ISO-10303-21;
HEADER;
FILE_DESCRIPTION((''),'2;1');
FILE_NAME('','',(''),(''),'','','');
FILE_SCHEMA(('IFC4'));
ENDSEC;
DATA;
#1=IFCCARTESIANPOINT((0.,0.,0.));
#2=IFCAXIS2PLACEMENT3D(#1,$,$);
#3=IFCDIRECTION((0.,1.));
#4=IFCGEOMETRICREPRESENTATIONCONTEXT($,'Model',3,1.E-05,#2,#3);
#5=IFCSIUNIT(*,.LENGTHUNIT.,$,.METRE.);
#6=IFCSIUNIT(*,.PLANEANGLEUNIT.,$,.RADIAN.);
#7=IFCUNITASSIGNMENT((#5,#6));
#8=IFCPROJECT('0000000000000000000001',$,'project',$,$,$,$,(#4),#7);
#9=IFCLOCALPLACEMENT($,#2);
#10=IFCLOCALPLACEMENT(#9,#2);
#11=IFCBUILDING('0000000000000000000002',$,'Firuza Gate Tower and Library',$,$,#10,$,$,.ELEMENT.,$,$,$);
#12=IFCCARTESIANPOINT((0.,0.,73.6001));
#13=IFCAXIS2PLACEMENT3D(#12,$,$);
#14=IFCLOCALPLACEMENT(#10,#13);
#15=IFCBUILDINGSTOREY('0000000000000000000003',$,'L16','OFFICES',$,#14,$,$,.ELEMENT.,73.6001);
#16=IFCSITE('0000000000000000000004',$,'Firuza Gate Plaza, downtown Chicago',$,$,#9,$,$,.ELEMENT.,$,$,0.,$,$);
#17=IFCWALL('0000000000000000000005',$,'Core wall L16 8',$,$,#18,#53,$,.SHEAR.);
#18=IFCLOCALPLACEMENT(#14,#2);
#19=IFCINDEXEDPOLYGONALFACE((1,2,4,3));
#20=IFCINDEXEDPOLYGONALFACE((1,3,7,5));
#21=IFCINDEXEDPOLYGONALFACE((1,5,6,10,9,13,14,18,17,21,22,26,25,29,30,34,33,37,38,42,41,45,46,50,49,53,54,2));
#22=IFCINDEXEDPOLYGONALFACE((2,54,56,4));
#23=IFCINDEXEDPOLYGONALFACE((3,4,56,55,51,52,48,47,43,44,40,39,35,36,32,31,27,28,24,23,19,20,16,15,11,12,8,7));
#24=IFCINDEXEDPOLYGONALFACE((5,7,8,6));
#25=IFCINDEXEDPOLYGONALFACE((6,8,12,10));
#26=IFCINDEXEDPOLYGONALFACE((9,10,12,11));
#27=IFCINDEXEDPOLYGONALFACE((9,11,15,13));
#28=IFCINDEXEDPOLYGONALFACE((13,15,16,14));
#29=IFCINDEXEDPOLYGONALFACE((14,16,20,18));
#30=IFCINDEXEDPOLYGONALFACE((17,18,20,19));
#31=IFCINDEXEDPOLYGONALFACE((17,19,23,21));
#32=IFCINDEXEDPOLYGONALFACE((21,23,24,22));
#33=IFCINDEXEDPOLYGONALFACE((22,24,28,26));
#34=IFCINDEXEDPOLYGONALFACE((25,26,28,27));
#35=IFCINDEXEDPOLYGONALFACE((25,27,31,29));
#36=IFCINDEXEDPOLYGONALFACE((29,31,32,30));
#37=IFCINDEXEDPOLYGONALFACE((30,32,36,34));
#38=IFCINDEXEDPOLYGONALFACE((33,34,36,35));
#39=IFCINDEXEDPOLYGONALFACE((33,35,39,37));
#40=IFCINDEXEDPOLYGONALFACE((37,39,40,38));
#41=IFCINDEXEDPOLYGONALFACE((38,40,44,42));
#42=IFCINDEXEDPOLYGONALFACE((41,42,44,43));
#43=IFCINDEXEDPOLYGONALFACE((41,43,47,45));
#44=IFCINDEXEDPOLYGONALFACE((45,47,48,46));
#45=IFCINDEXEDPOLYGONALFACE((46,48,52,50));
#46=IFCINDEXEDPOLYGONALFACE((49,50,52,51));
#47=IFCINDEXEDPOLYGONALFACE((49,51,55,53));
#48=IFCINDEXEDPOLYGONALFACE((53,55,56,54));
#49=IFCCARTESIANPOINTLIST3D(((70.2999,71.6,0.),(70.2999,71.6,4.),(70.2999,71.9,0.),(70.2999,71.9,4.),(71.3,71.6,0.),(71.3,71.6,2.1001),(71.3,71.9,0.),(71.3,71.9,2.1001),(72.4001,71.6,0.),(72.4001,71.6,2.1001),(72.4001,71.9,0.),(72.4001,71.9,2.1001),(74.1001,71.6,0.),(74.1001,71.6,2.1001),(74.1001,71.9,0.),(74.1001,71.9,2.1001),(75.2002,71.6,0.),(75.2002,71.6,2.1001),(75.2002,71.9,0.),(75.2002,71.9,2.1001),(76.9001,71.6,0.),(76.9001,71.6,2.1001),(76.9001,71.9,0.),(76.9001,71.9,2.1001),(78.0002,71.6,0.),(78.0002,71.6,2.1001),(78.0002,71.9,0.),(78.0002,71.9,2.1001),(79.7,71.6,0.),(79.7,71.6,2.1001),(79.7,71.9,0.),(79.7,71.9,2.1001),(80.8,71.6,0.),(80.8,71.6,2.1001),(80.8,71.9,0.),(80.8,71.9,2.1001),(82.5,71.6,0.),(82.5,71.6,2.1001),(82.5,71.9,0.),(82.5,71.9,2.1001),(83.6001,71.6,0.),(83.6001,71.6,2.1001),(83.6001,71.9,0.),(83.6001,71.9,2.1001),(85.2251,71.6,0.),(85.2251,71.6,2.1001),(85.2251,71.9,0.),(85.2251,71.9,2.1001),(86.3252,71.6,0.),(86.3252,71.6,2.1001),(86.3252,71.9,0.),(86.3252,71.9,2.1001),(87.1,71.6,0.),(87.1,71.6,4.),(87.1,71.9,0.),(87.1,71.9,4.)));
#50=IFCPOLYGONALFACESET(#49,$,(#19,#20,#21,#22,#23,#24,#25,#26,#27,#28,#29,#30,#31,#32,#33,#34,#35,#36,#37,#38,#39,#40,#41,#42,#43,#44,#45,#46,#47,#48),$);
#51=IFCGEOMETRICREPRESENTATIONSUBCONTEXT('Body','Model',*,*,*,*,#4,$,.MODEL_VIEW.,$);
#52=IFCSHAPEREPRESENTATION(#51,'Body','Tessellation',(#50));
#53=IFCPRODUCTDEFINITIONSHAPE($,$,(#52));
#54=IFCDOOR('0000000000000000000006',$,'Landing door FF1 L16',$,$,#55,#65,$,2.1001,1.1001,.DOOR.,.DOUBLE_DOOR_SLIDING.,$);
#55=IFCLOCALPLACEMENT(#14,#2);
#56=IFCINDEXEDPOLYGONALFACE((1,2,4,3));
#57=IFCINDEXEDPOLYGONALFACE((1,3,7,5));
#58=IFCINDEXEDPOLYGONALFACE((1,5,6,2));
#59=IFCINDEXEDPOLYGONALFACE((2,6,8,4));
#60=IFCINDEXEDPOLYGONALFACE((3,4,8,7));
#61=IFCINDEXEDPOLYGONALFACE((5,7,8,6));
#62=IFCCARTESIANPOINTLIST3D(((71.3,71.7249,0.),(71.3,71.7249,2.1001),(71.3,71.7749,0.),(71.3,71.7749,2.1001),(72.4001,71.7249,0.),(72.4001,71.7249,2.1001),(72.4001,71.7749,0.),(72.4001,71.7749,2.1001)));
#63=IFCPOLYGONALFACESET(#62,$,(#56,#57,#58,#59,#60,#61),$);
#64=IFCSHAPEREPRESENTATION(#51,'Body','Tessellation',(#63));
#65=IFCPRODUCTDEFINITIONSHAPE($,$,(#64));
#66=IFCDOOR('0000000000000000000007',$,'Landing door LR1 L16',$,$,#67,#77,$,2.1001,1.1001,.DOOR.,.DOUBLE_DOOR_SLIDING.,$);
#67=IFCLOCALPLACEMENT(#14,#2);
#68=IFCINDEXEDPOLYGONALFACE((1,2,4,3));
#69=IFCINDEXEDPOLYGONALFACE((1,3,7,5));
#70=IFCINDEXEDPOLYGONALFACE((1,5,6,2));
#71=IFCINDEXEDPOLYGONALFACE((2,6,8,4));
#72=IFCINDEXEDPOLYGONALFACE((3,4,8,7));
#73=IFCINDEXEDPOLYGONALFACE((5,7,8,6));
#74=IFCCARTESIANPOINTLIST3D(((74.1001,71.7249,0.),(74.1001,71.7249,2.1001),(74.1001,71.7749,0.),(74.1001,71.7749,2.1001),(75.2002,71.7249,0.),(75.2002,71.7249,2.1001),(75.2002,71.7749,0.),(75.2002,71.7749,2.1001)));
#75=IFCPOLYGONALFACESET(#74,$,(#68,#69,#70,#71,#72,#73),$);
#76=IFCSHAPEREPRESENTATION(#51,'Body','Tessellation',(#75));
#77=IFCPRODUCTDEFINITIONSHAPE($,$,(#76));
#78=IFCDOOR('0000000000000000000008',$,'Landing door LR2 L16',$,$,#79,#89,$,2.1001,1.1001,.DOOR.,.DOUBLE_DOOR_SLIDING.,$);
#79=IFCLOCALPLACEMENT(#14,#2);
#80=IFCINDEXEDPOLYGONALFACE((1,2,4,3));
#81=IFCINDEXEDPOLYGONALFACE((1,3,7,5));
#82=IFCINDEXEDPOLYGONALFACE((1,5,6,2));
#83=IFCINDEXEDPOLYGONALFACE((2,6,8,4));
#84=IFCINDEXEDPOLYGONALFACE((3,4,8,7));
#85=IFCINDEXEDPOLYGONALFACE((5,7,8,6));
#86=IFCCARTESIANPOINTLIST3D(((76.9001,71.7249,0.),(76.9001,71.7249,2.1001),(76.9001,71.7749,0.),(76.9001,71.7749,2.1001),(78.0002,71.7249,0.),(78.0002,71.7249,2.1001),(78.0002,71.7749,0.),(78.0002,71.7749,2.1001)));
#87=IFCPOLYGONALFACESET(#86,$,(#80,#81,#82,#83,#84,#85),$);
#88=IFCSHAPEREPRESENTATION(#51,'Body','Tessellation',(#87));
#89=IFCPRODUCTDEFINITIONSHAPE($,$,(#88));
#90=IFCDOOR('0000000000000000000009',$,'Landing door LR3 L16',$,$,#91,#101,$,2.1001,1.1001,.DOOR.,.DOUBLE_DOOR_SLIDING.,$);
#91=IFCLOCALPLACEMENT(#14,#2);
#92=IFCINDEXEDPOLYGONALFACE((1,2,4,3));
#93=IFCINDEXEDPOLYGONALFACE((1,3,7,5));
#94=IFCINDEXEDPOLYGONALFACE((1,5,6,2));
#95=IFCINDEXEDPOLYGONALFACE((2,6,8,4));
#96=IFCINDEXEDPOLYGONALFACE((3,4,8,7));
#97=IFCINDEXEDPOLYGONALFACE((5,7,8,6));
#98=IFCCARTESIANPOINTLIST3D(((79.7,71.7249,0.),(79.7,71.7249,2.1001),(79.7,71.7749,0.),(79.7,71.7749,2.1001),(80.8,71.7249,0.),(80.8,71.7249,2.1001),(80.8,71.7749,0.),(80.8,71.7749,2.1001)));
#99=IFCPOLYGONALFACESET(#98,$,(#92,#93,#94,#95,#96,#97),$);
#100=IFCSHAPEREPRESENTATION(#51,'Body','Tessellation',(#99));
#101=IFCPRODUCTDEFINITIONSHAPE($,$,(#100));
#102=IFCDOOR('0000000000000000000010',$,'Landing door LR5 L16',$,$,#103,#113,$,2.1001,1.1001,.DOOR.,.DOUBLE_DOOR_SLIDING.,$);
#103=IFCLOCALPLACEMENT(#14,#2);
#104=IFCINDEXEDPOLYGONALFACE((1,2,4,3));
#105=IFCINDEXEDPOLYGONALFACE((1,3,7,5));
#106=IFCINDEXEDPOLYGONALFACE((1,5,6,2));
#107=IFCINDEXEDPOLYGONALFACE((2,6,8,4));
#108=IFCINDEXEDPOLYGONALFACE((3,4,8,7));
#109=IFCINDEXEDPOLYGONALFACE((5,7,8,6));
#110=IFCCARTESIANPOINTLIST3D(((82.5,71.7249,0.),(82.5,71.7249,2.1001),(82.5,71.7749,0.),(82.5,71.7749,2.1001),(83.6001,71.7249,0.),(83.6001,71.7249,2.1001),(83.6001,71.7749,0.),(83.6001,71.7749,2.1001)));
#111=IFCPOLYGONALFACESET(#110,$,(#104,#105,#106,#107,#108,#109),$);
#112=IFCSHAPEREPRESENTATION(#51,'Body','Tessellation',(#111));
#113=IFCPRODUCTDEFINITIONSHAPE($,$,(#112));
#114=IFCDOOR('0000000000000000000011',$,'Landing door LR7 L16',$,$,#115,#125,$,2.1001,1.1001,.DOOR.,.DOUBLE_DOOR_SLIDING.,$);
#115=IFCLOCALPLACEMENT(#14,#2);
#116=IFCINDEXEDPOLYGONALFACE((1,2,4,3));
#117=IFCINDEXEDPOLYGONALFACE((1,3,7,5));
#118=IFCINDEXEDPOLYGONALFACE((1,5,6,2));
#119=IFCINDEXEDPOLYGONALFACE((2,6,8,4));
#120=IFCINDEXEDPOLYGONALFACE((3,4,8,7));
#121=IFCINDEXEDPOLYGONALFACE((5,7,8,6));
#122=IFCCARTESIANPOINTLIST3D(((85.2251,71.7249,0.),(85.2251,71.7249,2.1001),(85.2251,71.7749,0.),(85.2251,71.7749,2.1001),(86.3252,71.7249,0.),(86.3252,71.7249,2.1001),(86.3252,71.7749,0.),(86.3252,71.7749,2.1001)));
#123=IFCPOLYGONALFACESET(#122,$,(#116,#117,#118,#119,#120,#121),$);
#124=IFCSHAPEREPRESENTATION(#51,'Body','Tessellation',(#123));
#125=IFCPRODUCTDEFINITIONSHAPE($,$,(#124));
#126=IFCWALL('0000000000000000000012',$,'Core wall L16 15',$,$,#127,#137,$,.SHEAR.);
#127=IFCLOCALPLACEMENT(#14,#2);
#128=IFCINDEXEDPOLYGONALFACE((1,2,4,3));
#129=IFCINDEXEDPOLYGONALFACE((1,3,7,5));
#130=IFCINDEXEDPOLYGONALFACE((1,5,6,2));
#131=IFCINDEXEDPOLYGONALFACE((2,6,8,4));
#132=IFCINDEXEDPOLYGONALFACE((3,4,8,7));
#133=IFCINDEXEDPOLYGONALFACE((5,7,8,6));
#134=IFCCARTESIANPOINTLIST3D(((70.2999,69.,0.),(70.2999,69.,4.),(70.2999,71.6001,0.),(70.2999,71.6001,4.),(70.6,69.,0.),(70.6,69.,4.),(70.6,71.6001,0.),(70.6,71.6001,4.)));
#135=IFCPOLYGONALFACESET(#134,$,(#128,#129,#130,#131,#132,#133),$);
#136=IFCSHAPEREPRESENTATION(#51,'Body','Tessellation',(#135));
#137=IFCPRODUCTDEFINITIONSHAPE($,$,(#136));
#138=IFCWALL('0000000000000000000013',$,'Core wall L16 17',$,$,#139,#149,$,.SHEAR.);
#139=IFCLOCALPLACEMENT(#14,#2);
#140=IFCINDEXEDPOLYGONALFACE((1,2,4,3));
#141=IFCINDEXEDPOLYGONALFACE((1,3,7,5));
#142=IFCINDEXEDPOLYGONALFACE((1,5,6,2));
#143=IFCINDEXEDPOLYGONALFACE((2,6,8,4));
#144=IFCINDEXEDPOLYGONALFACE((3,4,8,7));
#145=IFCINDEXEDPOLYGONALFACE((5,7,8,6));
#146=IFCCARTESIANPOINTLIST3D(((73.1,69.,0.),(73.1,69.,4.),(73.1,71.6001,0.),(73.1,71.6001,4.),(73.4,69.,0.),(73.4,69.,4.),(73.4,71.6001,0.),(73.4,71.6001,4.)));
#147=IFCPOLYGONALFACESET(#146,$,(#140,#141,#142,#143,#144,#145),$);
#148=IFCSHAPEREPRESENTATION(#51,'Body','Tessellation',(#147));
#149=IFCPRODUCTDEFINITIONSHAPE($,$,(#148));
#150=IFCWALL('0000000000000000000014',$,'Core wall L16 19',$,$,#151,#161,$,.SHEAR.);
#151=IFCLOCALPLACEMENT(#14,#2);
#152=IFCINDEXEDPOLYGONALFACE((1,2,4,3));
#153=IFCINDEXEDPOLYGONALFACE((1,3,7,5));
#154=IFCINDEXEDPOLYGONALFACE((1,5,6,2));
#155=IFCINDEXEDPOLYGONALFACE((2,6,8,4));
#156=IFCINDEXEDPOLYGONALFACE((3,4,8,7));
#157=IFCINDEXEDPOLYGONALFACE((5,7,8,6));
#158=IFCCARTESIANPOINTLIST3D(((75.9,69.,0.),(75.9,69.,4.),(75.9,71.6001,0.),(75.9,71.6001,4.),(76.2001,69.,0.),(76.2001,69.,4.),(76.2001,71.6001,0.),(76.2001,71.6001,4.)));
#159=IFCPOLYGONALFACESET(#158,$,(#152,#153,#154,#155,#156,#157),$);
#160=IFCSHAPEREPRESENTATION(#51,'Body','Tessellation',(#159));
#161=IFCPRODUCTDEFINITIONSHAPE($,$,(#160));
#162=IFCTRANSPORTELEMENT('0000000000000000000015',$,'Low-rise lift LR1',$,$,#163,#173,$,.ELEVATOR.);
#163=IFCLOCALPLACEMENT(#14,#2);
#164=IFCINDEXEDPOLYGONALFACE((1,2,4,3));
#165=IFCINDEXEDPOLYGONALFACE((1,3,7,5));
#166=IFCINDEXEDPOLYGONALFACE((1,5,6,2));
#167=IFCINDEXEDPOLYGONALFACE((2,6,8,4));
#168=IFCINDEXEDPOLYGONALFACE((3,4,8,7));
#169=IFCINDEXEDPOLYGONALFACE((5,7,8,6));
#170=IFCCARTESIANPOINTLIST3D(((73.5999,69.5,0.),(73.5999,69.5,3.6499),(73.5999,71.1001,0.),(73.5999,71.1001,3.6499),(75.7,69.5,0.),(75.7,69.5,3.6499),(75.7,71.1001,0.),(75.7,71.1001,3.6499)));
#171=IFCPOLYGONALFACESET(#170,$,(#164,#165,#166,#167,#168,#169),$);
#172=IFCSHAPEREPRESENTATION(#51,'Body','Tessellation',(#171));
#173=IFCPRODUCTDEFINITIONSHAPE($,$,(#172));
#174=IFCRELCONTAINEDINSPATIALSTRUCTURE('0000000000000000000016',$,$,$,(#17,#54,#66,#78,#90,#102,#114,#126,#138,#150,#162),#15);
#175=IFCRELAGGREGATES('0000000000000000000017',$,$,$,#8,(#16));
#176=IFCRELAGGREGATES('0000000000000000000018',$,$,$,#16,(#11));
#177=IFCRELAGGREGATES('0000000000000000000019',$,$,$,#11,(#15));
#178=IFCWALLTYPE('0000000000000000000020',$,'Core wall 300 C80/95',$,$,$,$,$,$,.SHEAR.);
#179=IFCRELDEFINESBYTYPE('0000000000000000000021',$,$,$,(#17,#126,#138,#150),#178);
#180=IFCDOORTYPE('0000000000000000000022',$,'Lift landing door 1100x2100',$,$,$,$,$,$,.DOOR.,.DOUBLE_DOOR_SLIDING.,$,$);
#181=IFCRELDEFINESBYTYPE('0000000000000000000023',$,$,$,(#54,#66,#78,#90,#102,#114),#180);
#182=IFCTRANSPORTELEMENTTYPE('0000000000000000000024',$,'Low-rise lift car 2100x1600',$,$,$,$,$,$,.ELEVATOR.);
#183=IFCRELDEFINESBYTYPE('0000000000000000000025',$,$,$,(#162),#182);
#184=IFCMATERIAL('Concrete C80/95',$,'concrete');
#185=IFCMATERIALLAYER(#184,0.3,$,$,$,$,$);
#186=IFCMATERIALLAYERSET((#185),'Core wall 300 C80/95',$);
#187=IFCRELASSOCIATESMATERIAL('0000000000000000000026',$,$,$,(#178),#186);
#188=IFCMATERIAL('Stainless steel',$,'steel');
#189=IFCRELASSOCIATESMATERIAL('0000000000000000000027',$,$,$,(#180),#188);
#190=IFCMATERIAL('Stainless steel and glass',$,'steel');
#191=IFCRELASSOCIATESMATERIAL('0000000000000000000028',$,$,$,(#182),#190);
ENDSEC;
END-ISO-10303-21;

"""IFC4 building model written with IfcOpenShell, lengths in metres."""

from ifc_helpers import new_model, si_unit, direction, frame, frame_2d, origin, origin_2d, place, context, subcontext, project, spatial, rectangle, extrude, material, layer, layer_set, type_object, element, fill, save


model = new_model("IFC4")

# Units and contexts
model_context = context("Model", 3, precision=1e-05, world=origin(), true_north=direction((0.0, 1.0)))
body_context = subcontext(model_context, "Body", "Model", "MODEL_VIEW")
ifc_project = project(units=[si_unit("LENGTHUNIT", "METRE"), si_unit("PLANEANGLEUNIT", "RADIAN")], contexts=[model_context])

# Site, building, storey
site_placement = place(None, origin())
site = spatial("IfcSite", under=ifc_project, at=site_placement, Name="Firuza Gate Plaza, downtown Chicago", CompositionType="ELEMENT", RefElevation=0.0)
building_placement = place(site_placement, origin())
building = spatial("IfcBuilding", under=site, at=building_placement, Name="Firuza Gate Tower and Library", CompositionType="ELEMENT")
storey_placement = place(building_placement, frame((0.0, 0.0, 73.6001)))
storey = spatial("IfcBuildingStorey", under=building, at=storey_placement, Name="L16", Description="OFFICES", CompositionType="ELEMENT", Elevation=73.6001)

# Shared definitions
ifc_material_1 = material(Name="Concrete C80/95", Category="concrete")
ifc_layer_1 = layer(ifc_material_1, 0.3)
ifc_layer_set_1 = layer_set([ifc_layer_1], Name="Core wall 300 C80/95")
wall_type_1 = type_object("IfcWallType", Name="Core wall 300 C80/95", PredefinedType="SHEAR", material=ifc_layer_set_1)

# Wall, openings, doors
wall_1_placement = place(storey_placement, frame((70.3, 71.75, 0.0), z_axis=(0.0, 0.0, 1.0), x_axis=(1.0, 0.0, 0.0)))
wall_1 = element("IfcWall", 1, at=wall_1_placement, inside=storey, type_object=wall_type_1, Name="Core wall L16 8", PredefinedType="SHEAR", context=body_context, shape_type="SweptSolid", body=[
    extrude(rectangle(XDim=16.8, YDim=0.3, at=frame_2d((8.3999, 0.0))), origin(), (0.0, 0.0, 1.0), 4.0),
])
opening_1_placement = place(wall_1_placement, frame((1.0, 0.0, 0.0)))
opening_1 = element("IfcOpeningElement", 2, at=opening_1_placement, cuts=wall_1, PredefinedType="OPENING", context=body_context, shape_type="SweptSolid", body=[
    extrude(rectangle(XDim=1.1001, YDim=2.1001, at=frame_2d((0.55, 1.05))), frame((0.0, 0.1602, 0.0), z_axis=(0.0, -1.0, 0.0), x_axis=(1.0, 0.0, 0.0)), (0.0, 0.0, 1.0), 0.3201),
])
opening_2_placement = place(wall_1_placement, frame((3.8, 0.0, 0.0)))
opening_2 = element("IfcOpeningElement", 3, at=opening_2_placement, cuts=wall_1, PredefinedType="OPENING", context=body_context, shape_type="SweptSolid", body=[
    extrude(rectangle(XDim=1.1001, YDim=2.1001, at=frame_2d((0.55, 1.05))), frame((0.0, 0.1602, 0.0), z_axis=(0.0, -1.0, 0.0), x_axis=(1.0, 0.0, 0.0)), (0.0, 0.0, 1.0), 0.3201),
])
opening_3_placement = place(wall_1_placement, frame((6.6001, 0.0, 0.0)))
opening_3 = element("IfcOpeningElement", 4, at=opening_3_placement, cuts=wall_1, PredefinedType="OPENING", context=body_context, shape_type="SweptSolid", body=[
    extrude(rectangle(XDim=1.1001, YDim=2.1001, at=frame_2d((0.55, 1.05))), frame((0.0, 0.1602, 0.0), z_axis=(0.0, -1.0, 0.0), x_axis=(1.0, 0.0, 0.0)), (0.0, 0.0, 1.0), 0.3201),
])
opening_4_placement = place(wall_1_placement, frame((9.3999, 0.0, 0.0)))
opening_4 = element("IfcOpeningElement", 5, at=opening_4_placement, cuts=wall_1, PredefinedType="OPENING", context=body_context, shape_type="SweptSolid", body=[
    extrude(rectangle(XDim=1.1001, YDim=2.1001, at=frame_2d((0.55, 1.05))), frame((0.0, 0.1602, 0.0), z_axis=(0.0, -1.0, 0.0), x_axis=(1.0, 0.0, 0.0)), (0.0, 0.0, 1.0), 0.3201),
])
opening_5_placement = place(wall_1_placement, frame((12.2, 0.0, 0.0)))
opening_5 = element("IfcOpeningElement", 6, at=opening_5_placement, cuts=wall_1, PredefinedType="OPENING", context=body_context, shape_type="SweptSolid", body=[
    extrude(rectangle(XDim=1.1001, YDim=2.1001, at=frame_2d((0.55, 1.05))), frame((0.0, 0.1602, 0.0), z_axis=(0.0, -1.0, 0.0), x_axis=(1.0, 0.0, 0.0)), (0.0, 0.0, 1.0), 0.3201),
])
opening_6_placement = place(wall_1_placement, frame((14.925, 0.0, 0.0)))
opening_6 = element("IfcOpeningElement", 7, at=opening_6_placement, cuts=wall_1, PredefinedType="OPENING", context=body_context, shape_type="SweptSolid", body=[
    extrude(rectangle(XDim=1.1001, YDim=2.1001, at=frame_2d((0.55, 1.05))), frame((0.0, 0.1602, 0.0), z_axis=(0.0, -1.0, 0.0), x_axis=(1.0, 0.0, 0.0)), (0.0, 0.0, 1.0), 0.3201),
])
ifc_material_2 = material(Name="Stainless steel", Category="steel")
door_type_1 = type_object("IfcDoorType", Name="Lift landing door 1100x2100", OperationType="DOUBLE_DOOR_SLIDING", PredefinedType="DOOR", material=ifc_material_2)
door_1_placement = place(opening_1_placement, origin())
door_1 = element("IfcDoor", 8, at=door_1_placement, inside=storey, type_object=door_type_1, Name="Landing door FF1 L16", OperationType="DOUBLE_DOOR_SLIDING", OverallHeight=2.1001, OverallWidth=1.1001, PredefinedType="DOOR", context=body_context, shape_type="SweptSolid", body=[
    extrude(rectangle(XDim=1.1001, YDim=2.1001, at=frame_2d((0.55, 1.05))), frame((0.0, 0.0249, 0.0), z_axis=(0.0, -1.0, 0.0), x_axis=(1.0, 0.0, 0.0)), (0.0, 0.0, 1.0), 0.05),
])
fill(opening_1, door_1)
door_2_placement = place(opening_2_placement, origin())
door_2 = element("IfcDoor", 9, at=door_2_placement, inside=storey, type_object=door_type_1, Name="Landing door LR1 L16", OperationType="DOUBLE_DOOR_SLIDING", OverallHeight=2.1001, OverallWidth=1.1001, PredefinedType="DOOR", context=body_context, shape_type="SweptSolid", body=[
    extrude(rectangle(XDim=1.1001, YDim=2.1001, at=frame_2d((0.55, 1.05))), frame((0.0, 0.0249, 0.0), z_axis=(0.0, -1.0, 0.0), x_axis=(1.0, 0.0, 0.0)), (0.0, 0.0, 1.0), 0.05),
])
fill(opening_2, door_2)
door_3_placement = place(opening_3_placement, origin())
door_3 = element("IfcDoor", 10, at=door_3_placement, inside=storey, type_object=door_type_1, Name="Landing door LR2 L16", OperationType="DOUBLE_DOOR_SLIDING", OverallHeight=2.1001, OverallWidth=1.1001, PredefinedType="DOOR", context=body_context, shape_type="SweptSolid", body=[
    extrude(rectangle(XDim=1.1001, YDim=2.1001, at=frame_2d((0.55, 1.05))), frame((0.0, 0.0249, 0.0), z_axis=(0.0, -1.0, 0.0), x_axis=(1.0, 0.0, 0.0)), (0.0, 0.0, 1.0), 0.05),
])
fill(opening_3, door_3)
door_4_placement = place(opening_4_placement, origin())
door_4 = element("IfcDoor", 11, at=door_4_placement, inside=storey, type_object=door_type_1, Name="Landing door LR3 L16", OperationType="DOUBLE_DOOR_SLIDING", OverallHeight=2.1001, OverallWidth=1.1001, PredefinedType="DOOR", context=body_context, shape_type="SweptSolid", body=[
    extrude(rectangle(XDim=1.1001, YDim=2.1001, at=frame_2d((0.55, 1.05))), frame((0.0, 0.0249, 0.0), z_axis=(0.0, -1.0, 0.0), x_axis=(1.0, 0.0, 0.0)), (0.0, 0.0, 1.0), 0.05),
])
fill(opening_4, door_4)
door_5_placement = place(opening_5_placement, origin())
door_5 = element("IfcDoor", 12, at=door_5_placement, inside=storey, type_object=door_type_1, Name="Landing door LR5 L16", OperationType="DOUBLE_DOOR_SLIDING", OverallHeight=2.1001, OverallWidth=1.1001, PredefinedType="DOOR", context=body_context, shape_type="SweptSolid", body=[
    extrude(rectangle(XDim=1.1001, YDim=2.1001, at=frame_2d((0.55, 1.05))), frame((0.0, 0.0249, 0.0), z_axis=(0.0, -1.0, 0.0), x_axis=(1.0, 0.0, 0.0)), (0.0, 0.0, 1.0), 0.05),
])
fill(opening_5, door_5)
door_6_placement = place(opening_6_placement, origin())
door_6 = element("IfcDoor", 13, at=door_6_placement, inside=storey, type_object=door_type_1, Name="Landing door LR7 L16", OperationType="DOUBLE_DOOR_SLIDING", OverallHeight=2.1001, OverallWidth=1.1001, PredefinedType="DOOR", context=body_context, shape_type="SweptSolid", body=[
    extrude(rectangle(XDim=1.1001, YDim=2.1001, at=frame_2d((0.55, 1.05))), frame((0.0, 0.0249, 0.0), z_axis=(0.0, -1.0, 0.0), x_axis=(1.0, 0.0, 0.0)), (0.0, 0.0, 1.0), 0.05),
])
fill(opening_6, door_6)

# Walls
for number, where, z_axis, x_axis, name in (
    (14, (70.45, 69.0, 0.0), (0.0, 0.0, 1.0), (0.0, 1.0, 0.0), "Core wall L16 15"),
    (15, (73.25, 69.0, 0.0), (0.0, 0.0, 1.0), (0.0, 1.0, 0.0), "Core wall L16 17"),
    (16, (76.05, 69.0, 0.0), (0.0, 0.0, 1.0), (0.0, 1.0, 0.0), "Core wall L16 19"),
):
    element("IfcWall", number, at=place(storey_placement, frame(where, z_axis=z_axis, x_axis=x_axis)), inside=storey, type_object=wall_type_1, Name=name, PredefinedType="SHEAR", context=body_context, shape_type="SweptSolid", body=[
        extrude(rectangle(XDim=2.6001, YDim=0.3, at=frame_2d((1.3, 0.0))), origin(), (0.0, 0.0, 1.0), 4.0),
    ])

# Transport element
ifc_material_3 = material(Name="Stainless steel and glass", Category="steel")
transport_element_type = type_object("IfcTransportElementType", Name="Low-rise lift car 2100x1600", PredefinedType="ELEVATOR", material=ifc_material_3)
for number, where, z_axis, x_axis, name in (
    (17, (74.6499, 70.3, 0.0), (0.0, 0.0, 1.0), (1.0, 0.0, 0.0), "Low-rise lift LR1"),
):
    element("IfcTransportElement", number, at=place(storey_placement, frame(where, z_axis=z_axis, x_axis=x_axis)), inside=storey, type_object=transport_element_type, Name=name, PredefinedType="ELEVATOR", context=body_context, shape_type="SweptSolid", body=[
        extrude(rectangle(XDim=2.1001, YDim=1.6001, at=origin_2d()), origin(), (0.0, 0.0, 1.0), 3.6499),
    ])

save(model, "model.ifc")
